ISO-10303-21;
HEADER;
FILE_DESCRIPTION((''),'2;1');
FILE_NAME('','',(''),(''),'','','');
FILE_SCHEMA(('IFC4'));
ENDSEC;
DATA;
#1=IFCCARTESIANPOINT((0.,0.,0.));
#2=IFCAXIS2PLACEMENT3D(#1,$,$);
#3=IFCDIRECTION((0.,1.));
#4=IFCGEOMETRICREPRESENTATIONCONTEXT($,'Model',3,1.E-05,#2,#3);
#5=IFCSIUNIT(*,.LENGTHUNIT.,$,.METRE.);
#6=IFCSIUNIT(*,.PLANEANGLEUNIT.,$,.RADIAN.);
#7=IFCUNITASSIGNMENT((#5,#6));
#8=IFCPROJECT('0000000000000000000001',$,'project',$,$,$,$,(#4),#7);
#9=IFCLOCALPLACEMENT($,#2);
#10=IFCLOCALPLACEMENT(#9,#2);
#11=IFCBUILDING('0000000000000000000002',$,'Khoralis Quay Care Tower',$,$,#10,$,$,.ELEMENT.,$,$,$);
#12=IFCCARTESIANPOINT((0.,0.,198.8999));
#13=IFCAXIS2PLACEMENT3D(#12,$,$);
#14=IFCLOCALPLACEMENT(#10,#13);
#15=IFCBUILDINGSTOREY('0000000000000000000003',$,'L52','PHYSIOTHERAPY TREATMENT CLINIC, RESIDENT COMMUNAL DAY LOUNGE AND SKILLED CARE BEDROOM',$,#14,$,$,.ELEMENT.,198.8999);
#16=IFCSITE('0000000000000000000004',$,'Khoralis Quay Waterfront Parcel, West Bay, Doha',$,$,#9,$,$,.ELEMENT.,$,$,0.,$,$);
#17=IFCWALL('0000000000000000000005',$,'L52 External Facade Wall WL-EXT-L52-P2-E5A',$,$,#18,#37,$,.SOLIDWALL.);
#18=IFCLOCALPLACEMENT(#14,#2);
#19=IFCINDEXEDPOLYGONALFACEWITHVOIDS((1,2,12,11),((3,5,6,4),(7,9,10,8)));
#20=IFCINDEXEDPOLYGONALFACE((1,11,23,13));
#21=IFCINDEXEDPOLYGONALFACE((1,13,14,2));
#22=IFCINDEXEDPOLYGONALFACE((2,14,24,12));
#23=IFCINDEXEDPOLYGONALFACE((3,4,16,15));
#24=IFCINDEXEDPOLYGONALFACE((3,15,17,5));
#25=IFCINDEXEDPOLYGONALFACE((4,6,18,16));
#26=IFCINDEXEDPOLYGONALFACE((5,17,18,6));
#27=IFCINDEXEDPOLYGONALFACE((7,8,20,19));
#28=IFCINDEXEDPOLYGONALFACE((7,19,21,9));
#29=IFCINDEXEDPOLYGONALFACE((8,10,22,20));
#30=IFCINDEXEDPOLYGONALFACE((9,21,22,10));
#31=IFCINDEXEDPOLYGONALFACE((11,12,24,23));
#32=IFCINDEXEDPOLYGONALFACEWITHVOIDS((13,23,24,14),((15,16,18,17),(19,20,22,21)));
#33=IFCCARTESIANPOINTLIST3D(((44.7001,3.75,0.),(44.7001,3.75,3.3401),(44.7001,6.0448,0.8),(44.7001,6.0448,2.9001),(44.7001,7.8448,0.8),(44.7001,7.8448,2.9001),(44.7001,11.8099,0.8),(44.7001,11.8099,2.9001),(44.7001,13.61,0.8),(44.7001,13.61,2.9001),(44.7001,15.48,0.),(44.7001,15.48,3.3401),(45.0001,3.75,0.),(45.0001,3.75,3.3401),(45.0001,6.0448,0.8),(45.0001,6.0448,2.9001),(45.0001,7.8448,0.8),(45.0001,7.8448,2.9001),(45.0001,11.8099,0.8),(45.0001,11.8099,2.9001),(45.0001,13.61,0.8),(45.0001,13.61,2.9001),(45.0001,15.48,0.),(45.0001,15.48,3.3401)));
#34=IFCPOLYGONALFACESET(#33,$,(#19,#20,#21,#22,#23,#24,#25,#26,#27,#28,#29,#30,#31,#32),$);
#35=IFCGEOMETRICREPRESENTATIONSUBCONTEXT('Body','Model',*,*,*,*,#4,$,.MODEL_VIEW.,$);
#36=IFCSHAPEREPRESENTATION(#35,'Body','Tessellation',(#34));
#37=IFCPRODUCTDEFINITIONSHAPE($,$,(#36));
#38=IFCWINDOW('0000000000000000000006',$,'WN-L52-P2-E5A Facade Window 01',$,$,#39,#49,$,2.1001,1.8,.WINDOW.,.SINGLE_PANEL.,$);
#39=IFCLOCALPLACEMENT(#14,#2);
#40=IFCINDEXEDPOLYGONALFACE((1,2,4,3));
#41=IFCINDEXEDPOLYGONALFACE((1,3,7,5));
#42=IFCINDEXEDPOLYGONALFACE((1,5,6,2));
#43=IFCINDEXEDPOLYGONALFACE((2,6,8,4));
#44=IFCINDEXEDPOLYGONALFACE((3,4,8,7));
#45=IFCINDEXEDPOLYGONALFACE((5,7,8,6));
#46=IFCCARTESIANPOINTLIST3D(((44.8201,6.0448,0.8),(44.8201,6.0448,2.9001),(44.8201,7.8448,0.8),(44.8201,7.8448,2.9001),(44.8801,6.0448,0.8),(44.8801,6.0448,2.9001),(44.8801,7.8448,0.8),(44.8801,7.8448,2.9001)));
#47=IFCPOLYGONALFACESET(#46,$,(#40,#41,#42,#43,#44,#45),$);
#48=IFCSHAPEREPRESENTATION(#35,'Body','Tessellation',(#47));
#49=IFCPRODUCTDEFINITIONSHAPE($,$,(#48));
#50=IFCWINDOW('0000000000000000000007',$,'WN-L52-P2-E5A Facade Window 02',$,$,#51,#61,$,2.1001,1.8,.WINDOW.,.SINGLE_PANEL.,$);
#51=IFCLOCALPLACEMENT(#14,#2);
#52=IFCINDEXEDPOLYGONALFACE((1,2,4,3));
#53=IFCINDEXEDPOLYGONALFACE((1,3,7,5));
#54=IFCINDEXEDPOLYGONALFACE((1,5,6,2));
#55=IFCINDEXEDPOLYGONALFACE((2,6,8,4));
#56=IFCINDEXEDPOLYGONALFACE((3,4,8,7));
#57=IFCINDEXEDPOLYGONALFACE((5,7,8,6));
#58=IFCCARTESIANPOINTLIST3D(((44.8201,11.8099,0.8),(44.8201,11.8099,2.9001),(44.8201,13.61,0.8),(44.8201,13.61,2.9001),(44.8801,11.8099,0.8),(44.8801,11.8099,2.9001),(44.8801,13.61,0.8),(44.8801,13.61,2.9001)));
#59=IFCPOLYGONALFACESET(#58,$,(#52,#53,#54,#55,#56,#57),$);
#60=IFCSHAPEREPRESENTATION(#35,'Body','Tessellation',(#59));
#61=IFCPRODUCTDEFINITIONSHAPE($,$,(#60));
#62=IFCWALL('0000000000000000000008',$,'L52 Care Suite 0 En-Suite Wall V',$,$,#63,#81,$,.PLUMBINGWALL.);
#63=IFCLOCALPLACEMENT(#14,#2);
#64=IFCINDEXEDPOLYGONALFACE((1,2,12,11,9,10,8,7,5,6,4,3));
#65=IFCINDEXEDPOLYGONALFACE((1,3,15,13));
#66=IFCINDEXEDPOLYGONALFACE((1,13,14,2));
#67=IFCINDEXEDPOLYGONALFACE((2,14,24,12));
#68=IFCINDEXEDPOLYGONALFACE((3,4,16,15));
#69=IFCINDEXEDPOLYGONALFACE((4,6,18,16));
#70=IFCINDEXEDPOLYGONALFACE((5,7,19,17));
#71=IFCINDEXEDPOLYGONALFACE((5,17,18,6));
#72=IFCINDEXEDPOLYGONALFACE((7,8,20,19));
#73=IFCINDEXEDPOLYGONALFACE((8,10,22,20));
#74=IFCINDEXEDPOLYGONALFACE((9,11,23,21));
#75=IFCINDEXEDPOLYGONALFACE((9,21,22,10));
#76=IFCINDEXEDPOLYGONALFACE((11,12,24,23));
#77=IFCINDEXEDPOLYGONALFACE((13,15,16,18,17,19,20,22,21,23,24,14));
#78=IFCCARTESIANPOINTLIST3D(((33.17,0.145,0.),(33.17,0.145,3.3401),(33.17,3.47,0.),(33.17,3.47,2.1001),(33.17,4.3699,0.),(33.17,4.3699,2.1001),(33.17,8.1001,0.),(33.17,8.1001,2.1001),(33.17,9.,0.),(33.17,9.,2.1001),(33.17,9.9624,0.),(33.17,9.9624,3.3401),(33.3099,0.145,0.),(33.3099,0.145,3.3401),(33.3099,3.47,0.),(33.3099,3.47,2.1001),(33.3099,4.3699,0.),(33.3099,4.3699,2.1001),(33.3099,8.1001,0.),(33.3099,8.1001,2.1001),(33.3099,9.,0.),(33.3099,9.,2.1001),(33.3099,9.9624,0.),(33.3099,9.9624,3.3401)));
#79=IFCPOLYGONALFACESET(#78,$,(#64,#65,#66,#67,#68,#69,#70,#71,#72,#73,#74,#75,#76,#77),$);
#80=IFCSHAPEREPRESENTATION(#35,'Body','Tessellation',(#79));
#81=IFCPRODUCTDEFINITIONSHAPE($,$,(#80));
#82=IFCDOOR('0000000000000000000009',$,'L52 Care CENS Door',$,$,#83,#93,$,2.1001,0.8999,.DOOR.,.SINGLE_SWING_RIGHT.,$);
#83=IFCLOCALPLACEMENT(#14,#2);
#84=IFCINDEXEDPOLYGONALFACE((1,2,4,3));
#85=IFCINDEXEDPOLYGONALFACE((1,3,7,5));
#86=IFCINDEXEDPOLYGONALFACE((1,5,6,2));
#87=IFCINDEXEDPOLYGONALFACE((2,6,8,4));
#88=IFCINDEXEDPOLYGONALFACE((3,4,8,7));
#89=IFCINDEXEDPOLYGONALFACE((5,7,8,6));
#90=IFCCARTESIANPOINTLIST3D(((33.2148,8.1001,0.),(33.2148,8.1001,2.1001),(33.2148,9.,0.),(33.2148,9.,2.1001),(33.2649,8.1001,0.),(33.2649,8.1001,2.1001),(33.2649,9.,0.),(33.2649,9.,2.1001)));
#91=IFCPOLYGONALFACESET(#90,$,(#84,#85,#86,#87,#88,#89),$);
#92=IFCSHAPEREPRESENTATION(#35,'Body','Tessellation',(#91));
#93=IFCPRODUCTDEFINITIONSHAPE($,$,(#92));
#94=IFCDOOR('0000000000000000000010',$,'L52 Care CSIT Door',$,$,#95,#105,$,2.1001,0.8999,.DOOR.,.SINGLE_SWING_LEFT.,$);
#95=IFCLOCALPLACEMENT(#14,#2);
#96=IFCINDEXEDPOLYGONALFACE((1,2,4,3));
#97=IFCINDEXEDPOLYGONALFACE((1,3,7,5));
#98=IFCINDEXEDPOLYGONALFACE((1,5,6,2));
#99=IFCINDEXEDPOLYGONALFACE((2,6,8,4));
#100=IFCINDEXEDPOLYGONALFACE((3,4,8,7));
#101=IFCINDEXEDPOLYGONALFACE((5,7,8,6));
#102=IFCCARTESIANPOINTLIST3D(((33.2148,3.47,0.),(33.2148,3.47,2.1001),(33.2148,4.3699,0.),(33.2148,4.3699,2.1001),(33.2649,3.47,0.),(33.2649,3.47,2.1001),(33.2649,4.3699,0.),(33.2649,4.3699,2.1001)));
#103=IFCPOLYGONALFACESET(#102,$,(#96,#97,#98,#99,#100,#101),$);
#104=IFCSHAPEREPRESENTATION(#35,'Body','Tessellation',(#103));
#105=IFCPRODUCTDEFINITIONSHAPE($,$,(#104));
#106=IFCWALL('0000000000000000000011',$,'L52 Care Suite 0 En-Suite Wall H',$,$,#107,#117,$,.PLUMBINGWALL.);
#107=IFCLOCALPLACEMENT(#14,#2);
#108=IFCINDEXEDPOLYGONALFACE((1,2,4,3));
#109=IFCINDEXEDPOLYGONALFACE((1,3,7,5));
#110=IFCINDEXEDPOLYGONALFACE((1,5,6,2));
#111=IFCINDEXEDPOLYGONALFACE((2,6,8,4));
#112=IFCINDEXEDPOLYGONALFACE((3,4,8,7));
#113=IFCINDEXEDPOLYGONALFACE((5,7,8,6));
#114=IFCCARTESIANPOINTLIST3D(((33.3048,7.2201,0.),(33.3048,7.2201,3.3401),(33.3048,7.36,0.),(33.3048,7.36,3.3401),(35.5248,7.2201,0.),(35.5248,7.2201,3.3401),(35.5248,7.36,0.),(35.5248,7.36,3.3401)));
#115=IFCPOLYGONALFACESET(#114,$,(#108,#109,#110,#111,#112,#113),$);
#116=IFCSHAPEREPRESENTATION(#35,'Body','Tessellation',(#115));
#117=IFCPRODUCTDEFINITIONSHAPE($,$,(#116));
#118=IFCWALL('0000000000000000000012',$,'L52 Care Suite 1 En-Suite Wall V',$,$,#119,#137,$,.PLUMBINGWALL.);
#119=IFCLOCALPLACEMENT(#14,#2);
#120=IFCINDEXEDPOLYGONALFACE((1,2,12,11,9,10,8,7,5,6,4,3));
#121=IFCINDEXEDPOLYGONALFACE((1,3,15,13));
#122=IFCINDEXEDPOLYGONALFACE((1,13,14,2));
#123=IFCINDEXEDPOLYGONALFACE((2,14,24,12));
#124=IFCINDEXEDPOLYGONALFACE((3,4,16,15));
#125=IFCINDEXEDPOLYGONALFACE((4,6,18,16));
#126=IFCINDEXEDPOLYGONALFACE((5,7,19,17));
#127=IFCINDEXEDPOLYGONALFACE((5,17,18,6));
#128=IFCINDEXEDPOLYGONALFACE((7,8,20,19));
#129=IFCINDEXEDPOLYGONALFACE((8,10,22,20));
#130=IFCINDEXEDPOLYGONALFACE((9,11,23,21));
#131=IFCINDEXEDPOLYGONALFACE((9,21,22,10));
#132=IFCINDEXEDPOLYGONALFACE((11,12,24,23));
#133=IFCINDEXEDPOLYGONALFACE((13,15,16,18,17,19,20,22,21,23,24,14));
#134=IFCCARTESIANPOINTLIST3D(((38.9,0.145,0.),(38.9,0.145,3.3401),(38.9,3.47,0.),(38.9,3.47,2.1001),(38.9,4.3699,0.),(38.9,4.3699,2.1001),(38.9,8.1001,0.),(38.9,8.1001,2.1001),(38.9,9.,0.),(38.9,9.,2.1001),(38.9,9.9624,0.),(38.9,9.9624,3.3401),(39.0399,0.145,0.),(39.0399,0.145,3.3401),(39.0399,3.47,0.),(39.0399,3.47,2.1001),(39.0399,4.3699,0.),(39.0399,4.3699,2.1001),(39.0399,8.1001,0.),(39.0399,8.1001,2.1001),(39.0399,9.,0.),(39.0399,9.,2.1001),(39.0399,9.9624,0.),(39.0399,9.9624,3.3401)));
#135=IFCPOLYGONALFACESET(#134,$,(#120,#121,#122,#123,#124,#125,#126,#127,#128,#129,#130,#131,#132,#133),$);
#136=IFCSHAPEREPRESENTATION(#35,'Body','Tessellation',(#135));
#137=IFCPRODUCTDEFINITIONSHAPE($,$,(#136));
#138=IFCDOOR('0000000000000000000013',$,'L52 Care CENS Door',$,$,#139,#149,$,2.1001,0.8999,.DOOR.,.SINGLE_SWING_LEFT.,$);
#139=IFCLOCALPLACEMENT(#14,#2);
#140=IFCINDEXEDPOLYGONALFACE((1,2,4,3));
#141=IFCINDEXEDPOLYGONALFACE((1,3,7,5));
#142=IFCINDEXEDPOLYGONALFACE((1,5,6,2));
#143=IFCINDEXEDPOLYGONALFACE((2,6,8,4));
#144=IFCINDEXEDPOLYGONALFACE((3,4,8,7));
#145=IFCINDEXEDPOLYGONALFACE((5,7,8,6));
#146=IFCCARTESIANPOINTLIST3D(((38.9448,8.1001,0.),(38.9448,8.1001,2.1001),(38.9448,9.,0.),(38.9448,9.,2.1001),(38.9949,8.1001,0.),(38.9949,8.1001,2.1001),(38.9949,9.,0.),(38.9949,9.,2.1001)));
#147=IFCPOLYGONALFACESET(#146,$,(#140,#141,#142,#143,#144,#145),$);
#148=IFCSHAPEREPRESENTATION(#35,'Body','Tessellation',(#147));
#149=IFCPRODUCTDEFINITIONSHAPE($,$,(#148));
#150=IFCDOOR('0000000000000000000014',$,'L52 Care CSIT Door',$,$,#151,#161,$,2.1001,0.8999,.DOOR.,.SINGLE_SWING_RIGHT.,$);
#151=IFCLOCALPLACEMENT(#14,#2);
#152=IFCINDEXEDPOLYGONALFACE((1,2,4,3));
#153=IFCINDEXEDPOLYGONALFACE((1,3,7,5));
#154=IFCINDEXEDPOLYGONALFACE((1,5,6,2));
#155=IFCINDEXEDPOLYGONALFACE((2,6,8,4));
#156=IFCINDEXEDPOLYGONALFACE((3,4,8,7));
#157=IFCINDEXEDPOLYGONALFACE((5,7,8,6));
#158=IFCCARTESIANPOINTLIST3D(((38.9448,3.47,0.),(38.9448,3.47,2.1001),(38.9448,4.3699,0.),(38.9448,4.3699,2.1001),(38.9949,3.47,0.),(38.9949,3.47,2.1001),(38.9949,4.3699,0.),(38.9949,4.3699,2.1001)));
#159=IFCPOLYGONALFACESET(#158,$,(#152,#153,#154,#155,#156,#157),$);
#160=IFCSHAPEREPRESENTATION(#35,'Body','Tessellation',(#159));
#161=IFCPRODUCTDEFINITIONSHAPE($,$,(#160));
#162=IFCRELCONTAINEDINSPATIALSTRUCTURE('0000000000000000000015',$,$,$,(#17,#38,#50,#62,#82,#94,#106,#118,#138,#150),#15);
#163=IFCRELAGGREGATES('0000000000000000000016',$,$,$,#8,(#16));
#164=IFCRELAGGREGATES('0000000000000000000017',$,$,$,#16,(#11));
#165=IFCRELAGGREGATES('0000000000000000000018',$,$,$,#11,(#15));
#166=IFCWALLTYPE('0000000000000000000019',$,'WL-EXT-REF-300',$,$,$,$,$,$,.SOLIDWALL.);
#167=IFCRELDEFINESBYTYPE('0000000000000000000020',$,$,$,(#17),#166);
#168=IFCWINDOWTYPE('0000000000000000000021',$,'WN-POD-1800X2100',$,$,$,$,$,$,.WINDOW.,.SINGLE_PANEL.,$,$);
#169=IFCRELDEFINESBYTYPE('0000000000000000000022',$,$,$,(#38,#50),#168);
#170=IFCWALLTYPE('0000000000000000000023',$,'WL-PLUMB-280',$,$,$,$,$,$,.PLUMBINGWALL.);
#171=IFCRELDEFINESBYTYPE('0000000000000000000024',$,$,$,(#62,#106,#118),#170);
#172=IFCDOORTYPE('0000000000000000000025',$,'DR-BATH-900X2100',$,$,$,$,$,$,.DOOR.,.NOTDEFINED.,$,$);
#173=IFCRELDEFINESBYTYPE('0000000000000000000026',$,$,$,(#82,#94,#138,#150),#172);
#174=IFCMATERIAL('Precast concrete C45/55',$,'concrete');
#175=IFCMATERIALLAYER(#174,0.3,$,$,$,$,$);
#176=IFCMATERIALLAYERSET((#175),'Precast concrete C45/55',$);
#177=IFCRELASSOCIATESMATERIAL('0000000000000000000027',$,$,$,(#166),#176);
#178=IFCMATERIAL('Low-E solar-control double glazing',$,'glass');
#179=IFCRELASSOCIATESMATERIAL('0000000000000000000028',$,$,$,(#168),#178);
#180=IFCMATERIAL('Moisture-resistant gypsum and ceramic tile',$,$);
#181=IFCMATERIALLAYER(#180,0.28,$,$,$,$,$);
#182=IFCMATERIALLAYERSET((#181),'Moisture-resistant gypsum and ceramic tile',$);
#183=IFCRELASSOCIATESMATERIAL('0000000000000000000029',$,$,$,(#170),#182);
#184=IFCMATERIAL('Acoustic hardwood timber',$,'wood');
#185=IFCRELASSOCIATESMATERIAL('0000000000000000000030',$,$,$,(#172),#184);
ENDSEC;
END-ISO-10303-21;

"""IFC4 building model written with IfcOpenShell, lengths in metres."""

from ifc_helpers import new_model, si_unit, direction, frame, frame_2d, origin, place, context, subcontext, project, spatial, rectangle, extrude, source, transform, mapped, material, layer, layer_set, type_object, element, fill, save


model = new_model("IFC4")

# Units and contexts
model_context = context("Model", 3, precision=1e-05, world=origin(), true_north=direction((0.0, 1.0)))
body_context = subcontext(model_context, "Body", "Model", "MODEL_VIEW")
ifc_project = project(units=[si_unit("LENGTHUNIT", "METRE"), si_unit("PLANEANGLEUNIT", "RADIAN")], contexts=[model_context])

# Site, building, storey
site_placement = place(None, origin())
site = spatial("IfcSite", under=ifc_project, at=site_placement, Name="Khoralis Quay Waterfront Parcel, West Bay, Doha", CompositionType="ELEMENT", RefElevation=0.0)
building_placement = place(site_placement, origin())
building = spatial("IfcBuilding", under=site, at=building_placement, Name="Khoralis Quay Care Tower", CompositionType="ELEMENT")
storey_placement = place(building_placement, frame((0.0, 0.0, 198.8999)))
storey = spatial("IfcBuildingStorey", under=building, at=storey_placement, Name="L52", Description="PHYSIOTHERAPY TREATMENT CLINIC, RESIDENT COMMUNAL DAY LOUNGE AND SKILLED CARE BEDROOM", CompositionType="ELEMENT", Elevation=198.8999)

# Shared definitions
ifc_material_1 = material(Name="Precast concrete C45/55", Category="concrete")
ifc_layer_1 = layer(ifc_material_1, 0.3)
ifc_layer_set_1 = layer_set([ifc_layer_1], Name="Precast concrete C45/55")
wall_type_1 = type_object("IfcWallType", Name="WL-EXT-REF-300", PredefinedType="SOLIDWALL", material=ifc_layer_set_1)

# Wall, openings, windows
wall_1_placement = place(storey_placement, frame((44.8501, 3.75, 0.0), z_axis=(0.0, 0.0, 1.0), x_axis=(0.0, 1.0, 0.0)))
wall_1 = element("IfcWall", 1, at=wall_1_placement, inside=storey, type_object=wall_type_1, Name="L52 External Facade Wall WL-EXT-L52-P2-E5A", PredefinedType="SOLIDWALL", context=body_context, shape_type="SweptSolid", body=[
    extrude(rectangle(XDim=11.73, YDim=0.3, at=frame_2d((5.865, 0.0))), origin(), (0.0, 0.0, 1.0), 3.3401),
])
opening_1_placement = place(wall_1_placement, frame((2.2949, 0.0, 0.8)))
opening_1 = element("IfcOpeningElement", 2, at=opening_1_placement, cuts=wall_1, PredefinedType="OPENING", context=body_context, shape_type="SweptSolid", body=[
    extrude(rectangle(XDim=1.8, YDim=2.1001, at=frame_2d((0.8999, 1.05))), frame((0.0, 0.1602, 0.0), z_axis=(0.0, -1.0, 0.0), x_axis=(1.0, 0.0, 0.0)), (0.0, 0.0, 1.0), 0.3201),
])
opening_2_placement = place(wall_1_placement, frame((8.0601, 0.0, 0.8)))
opening_2 = element("IfcOpeningElement", 3, at=opening_2_placement, cuts=wall_1, PredefinedType="OPENING", context=body_context, shape_type="SweptSolid", body=[
    extrude(rectangle(XDim=1.8, YDim=2.1001, at=frame_2d((0.8999, 1.05))), frame((0.0, 0.1602, 0.0), z_axis=(0.0, -1.0, 0.0), x_axis=(1.0, 0.0, 0.0)), (0.0, 0.0, 1.0), 0.3201),
])
ifc_material_2 = material(Name="Low-E solar-control double glazing", Category="glass")
window_type = type_object("IfcWindowType", Name="WN-POD-1800X2100", PartitioningType="SINGLE_PANEL", PredefinedType="WINDOW", material=ifc_material_2)
shared_shape_1 = source(origin(), body_context, "Body", "SweptSolid", [
    extrude(rectangle(XDim=1.8, YDim=2.1001, at=frame_2d((0.8999, 1.05))), frame((0.0, 0.03, 0.0), z_axis=(0.0, -1.0, 0.0), x_axis=(1.0, 0.0, 0.0)), (0.0, 0.0, 1.0), 0.0601),
])
window_1_placement = place(opening_1_placement, origin())
window_1 = element("IfcWindow", 4, at=window_1_placement, inside=storey, type_object=window_type, Name="WN-L52-P2-E5A Facade Window 01", OverallHeight=2.1001, OverallWidth=1.8, PartitioningType="SINGLE_PANEL", PredefinedType="WINDOW", context=body_context, shape_type="MappedRepresentation", body=[
    mapped(shared_shape_1, transform((0.0, 0.0, 0.0), scale=1.0)),
])
fill(opening_1, window_1)
window_2_placement = place(opening_2_placement, origin())
window_2 = element("IfcWindow", 5, at=window_2_placement, inside=storey, type_object=window_type, Name="WN-L52-P2-E5A Facade Window 02", OverallHeight=2.1001, OverallWidth=1.8, PartitioningType="SINGLE_PANEL", PredefinedType="WINDOW", context=body_context, shape_type="MappedRepresentation", body=[
    mapped(shared_shape_1, transform((0.0, 0.0, 0.0), scale=1.0)),
])
fill(opening_2, window_2)

# Wall, openings, doors
ifc_material_3 = material(Name="Moisture-resistant gypsum and ceramic tile")
ifc_layer_2 = layer(ifc_material_3, 0.28)
ifc_layer_set_2 = layer_set([ifc_layer_2], Name="Moisture-resistant gypsum and ceramic tile")
wall_type_2 = type_object("IfcWallType", Name="WL-PLUMB-280", PredefinedType="PLUMBINGWALL", material=ifc_layer_set_2)
wall_2_placement = place(storey_placement, frame((33.24, 0.145, 0.0), z_axis=(0.0, 0.0, 1.0), x_axis=(0.0, 1.0, 0.0)))
wall_2 = element("IfcWall", 6, at=wall_2_placement, inside=storey, type_object=wall_type_2, Name="L52 Care Suite 0 En-Suite Wall V", PredefinedType="PLUMBINGWALL", context=body_context, shape_type="SweptSolid", body=[
    extrude(rectangle(XDim=9.8174, YDim=0.1399, at=frame_2d((4.9087, 0.0))), origin(), (0.0, 0.0, 1.0), 3.3401),
])
opening_3_placement = place(wall_2_placement, frame((7.9551, 0.0, 0.0)))
opening_3 = element("IfcOpeningElement", 7, at=opening_3_placement, cuts=wall_2, PredefinedType="OPENING", context=body_context, shape_type="SweptSolid", body=[
    extrude(rectangle(XDim=0.8999, YDim=2.1001, at=frame_2d((0.45, 1.05))), frame((0.0, 0.0801, 0.0), z_axis=(0.0, -1.0, 0.0), x_axis=(1.0, 0.0, 0.0)), (0.0, 0.0, 1.0), 0.1599),
])
opening_4_placement = place(wall_2_placement, frame((3.325, 0.0, 0.0)))
opening_4 = element("IfcOpeningElement", 8, at=opening_4_placement, cuts=wall_2, PredefinedType="OPENING", context=body_context, shape_type="SweptSolid", body=[
    extrude(rectangle(XDim=0.8999, YDim=2.1001, at=frame_2d((0.45, 1.05))), frame((0.0, 0.0801, 0.0), z_axis=(0.0, -1.0, 0.0), x_axis=(1.0, 0.0, 0.0)), (0.0, 0.0, 1.0), 0.1599),
])
ifc_material_4 = material(Name="Acoustic hardwood timber", Category="wood")
door_type = type_object("IfcDoorType", Name="DR-BATH-900X2100", OperationType="NOTDEFINED", PredefinedType="DOOR", material=ifc_material_4)
shared_shape_2 = source(origin(), body_context, "Body", "SweptSolid", [
    extrude(rectangle(XDim=0.8999, YDim=2.1001, at=frame_2d((0.45, 1.05))), frame((0.0, 0.0249, 0.0), z_axis=(0.0, -1.0, 0.0), x_axis=(1.0, 0.0, 0.0)), (0.0, 0.0, 1.0), 0.05),
])
door_1_placement = place(opening_3_placement, frame((0.8999, 0.0, 0.0), z_axis=(0.0, 0.0, 1.0), x_axis=(-1.0, 0.0, 0.0)))
door_1 = element("IfcDoor", 9, at=door_1_placement, inside=storey, type_object=door_type, Name="L52 Care CENS Door", OperationType="SINGLE_SWING_RIGHT", OverallHeight=2.1001, OverallWidth=0.8999, PredefinedType="DOOR", context=body_context, shape_type="MappedRepresentation", body=[
    mapped(shared_shape_2, transform((0.0, 0.0, 0.0), scale=1.0)),
])
fill(opening_3, door_1)
door_2_placement = place(opening_4_placement, frame((0.8999, 0.0, 0.0), z_axis=(0.0, 0.0, 1.0), x_axis=(-1.0, 0.0, 0.0)))
door_2 = element("IfcDoor", 10, at=door_2_placement, inside=storey, type_object=door_type, Name="L52 Care CSIT Door", OperationType="SINGLE_SWING_LEFT", OverallHeight=2.1001, OverallWidth=0.8999, PredefinedType="DOOR", context=body_context, shape_type="MappedRepresentation", body=[
    mapped(shared_shape_2, transform((0.0, 0.0, 0.0), scale=1.0)),
])
fill(opening_4, door_2)

# Wall
wall_3_placement = place(storey_placement, frame((33.3049, 7.29, 0.0), z_axis=(0.0, 0.0, 1.0), x_axis=(1.0, 0.0, 0.0)))
element("IfcWall", 11, at=wall_3_placement, inside=storey, type_object=wall_type_2, Name="L52 Care Suite 0 En-Suite Wall H", PredefinedType="PLUMBINGWALL", context=body_context, shape_type="SweptSolid", body=[
    extrude(rectangle(XDim=2.22, YDim=0.1399, at=frame_2d((1.1099, 0.0))), origin(), (0.0, 0.0, 1.0), 3.3401),
])

# Wall, openings, doors
wall_4_placement = place(storey_placement, frame((38.97, 0.145, 0.0), z_axis=(0.0, 0.0, 1.0), x_axis=(0.0, 1.0, 0.0)))
wall_4 = element("IfcWall", 12, at=wall_4_placement, inside=storey, type_object=wall_type_2, Name="L52 Care Suite 1 En-Suite Wall V", PredefinedType="PLUMBINGWALL", context=body_context, shape_type="SweptSolid", body=[
    extrude(rectangle(XDim=9.8174, YDim=0.1399, at=frame_2d((4.9087, 0.0))), origin(), (0.0, 0.0, 1.0), 3.3401),
])
opening_5_placement = place(wall_4_placement, frame((7.9551, 0.0, 0.0)))
opening_5 = element("IfcOpeningElement", 13, at=opening_5_placement, cuts=wall_4, PredefinedType="OPENING", context=body_context, shape_type="SweptSolid", body=[
    extrude(rectangle(XDim=0.8999, YDim=2.1001, at=frame_2d((0.45, 1.05))), frame((0.0, 0.0801, 0.0), z_axis=(0.0, -1.0, 0.0), x_axis=(1.0, 0.0, 0.0)), (0.0, 0.0, 1.0), 0.1599),
])
opening_6_placement = place(wall_4_placement, frame((3.325, 0.0, 0.0)))
opening_6 = element("IfcOpeningElement", 14, at=opening_6_placement, cuts=wall_4, PredefinedType="OPENING", context=body_context, shape_type="SweptSolid", body=[
    extrude(rectangle(XDim=0.8999, YDim=2.1001, at=frame_2d((0.45, 1.05))), frame((0.0, 0.0801, 0.0), z_axis=(0.0, -1.0, 0.0), x_axis=(1.0, 0.0, 0.0)), (0.0, 0.0, 1.0), 0.1599),
])
door_3_placement = place(opening_5_placement, frame((0.8999, 0.0, 0.0), z_axis=(0.0, 0.0, 1.0), x_axis=(-1.0, 0.0, 0.0)))
door_3 = element("IfcDoor", 15, at=door_3_placement, inside=storey, type_object=door_type, Name="L52 Care CENS Door", OperationType="SINGLE_SWING_LEFT", OverallHeight=2.1001, OverallWidth=0.8999, PredefinedType="DOOR", context=body_context, shape_type="MappedRepresentation", body=[
    mapped(shared_shape_2, transform((0.0, 0.0, 0.0), scale=1.0)),
])
fill(opening_5, door_3)
door_4_placement = place(opening_6_placement, frame((0.8999, 0.0, 0.0), z_axis=(0.0, 0.0, 1.0), x_axis=(-1.0, 0.0, 0.0)))
door_4 = element("IfcDoor", 16, at=door_4_placement, inside=storey, type_object=door_type, Name="L52 Care CSIT Door", OperationType="SINGLE_SWING_RIGHT", OverallHeight=2.1001, OverallWidth=0.8999, PredefinedType="DOOR", context=body_context, shape_type="MappedRepresentation", body=[
    mapped(shared_shape_2, transform((0.0, 0.0, 0.0), scale=1.0)),
])
fill(opening_6, door_4)

save(model, "model.ifc")
